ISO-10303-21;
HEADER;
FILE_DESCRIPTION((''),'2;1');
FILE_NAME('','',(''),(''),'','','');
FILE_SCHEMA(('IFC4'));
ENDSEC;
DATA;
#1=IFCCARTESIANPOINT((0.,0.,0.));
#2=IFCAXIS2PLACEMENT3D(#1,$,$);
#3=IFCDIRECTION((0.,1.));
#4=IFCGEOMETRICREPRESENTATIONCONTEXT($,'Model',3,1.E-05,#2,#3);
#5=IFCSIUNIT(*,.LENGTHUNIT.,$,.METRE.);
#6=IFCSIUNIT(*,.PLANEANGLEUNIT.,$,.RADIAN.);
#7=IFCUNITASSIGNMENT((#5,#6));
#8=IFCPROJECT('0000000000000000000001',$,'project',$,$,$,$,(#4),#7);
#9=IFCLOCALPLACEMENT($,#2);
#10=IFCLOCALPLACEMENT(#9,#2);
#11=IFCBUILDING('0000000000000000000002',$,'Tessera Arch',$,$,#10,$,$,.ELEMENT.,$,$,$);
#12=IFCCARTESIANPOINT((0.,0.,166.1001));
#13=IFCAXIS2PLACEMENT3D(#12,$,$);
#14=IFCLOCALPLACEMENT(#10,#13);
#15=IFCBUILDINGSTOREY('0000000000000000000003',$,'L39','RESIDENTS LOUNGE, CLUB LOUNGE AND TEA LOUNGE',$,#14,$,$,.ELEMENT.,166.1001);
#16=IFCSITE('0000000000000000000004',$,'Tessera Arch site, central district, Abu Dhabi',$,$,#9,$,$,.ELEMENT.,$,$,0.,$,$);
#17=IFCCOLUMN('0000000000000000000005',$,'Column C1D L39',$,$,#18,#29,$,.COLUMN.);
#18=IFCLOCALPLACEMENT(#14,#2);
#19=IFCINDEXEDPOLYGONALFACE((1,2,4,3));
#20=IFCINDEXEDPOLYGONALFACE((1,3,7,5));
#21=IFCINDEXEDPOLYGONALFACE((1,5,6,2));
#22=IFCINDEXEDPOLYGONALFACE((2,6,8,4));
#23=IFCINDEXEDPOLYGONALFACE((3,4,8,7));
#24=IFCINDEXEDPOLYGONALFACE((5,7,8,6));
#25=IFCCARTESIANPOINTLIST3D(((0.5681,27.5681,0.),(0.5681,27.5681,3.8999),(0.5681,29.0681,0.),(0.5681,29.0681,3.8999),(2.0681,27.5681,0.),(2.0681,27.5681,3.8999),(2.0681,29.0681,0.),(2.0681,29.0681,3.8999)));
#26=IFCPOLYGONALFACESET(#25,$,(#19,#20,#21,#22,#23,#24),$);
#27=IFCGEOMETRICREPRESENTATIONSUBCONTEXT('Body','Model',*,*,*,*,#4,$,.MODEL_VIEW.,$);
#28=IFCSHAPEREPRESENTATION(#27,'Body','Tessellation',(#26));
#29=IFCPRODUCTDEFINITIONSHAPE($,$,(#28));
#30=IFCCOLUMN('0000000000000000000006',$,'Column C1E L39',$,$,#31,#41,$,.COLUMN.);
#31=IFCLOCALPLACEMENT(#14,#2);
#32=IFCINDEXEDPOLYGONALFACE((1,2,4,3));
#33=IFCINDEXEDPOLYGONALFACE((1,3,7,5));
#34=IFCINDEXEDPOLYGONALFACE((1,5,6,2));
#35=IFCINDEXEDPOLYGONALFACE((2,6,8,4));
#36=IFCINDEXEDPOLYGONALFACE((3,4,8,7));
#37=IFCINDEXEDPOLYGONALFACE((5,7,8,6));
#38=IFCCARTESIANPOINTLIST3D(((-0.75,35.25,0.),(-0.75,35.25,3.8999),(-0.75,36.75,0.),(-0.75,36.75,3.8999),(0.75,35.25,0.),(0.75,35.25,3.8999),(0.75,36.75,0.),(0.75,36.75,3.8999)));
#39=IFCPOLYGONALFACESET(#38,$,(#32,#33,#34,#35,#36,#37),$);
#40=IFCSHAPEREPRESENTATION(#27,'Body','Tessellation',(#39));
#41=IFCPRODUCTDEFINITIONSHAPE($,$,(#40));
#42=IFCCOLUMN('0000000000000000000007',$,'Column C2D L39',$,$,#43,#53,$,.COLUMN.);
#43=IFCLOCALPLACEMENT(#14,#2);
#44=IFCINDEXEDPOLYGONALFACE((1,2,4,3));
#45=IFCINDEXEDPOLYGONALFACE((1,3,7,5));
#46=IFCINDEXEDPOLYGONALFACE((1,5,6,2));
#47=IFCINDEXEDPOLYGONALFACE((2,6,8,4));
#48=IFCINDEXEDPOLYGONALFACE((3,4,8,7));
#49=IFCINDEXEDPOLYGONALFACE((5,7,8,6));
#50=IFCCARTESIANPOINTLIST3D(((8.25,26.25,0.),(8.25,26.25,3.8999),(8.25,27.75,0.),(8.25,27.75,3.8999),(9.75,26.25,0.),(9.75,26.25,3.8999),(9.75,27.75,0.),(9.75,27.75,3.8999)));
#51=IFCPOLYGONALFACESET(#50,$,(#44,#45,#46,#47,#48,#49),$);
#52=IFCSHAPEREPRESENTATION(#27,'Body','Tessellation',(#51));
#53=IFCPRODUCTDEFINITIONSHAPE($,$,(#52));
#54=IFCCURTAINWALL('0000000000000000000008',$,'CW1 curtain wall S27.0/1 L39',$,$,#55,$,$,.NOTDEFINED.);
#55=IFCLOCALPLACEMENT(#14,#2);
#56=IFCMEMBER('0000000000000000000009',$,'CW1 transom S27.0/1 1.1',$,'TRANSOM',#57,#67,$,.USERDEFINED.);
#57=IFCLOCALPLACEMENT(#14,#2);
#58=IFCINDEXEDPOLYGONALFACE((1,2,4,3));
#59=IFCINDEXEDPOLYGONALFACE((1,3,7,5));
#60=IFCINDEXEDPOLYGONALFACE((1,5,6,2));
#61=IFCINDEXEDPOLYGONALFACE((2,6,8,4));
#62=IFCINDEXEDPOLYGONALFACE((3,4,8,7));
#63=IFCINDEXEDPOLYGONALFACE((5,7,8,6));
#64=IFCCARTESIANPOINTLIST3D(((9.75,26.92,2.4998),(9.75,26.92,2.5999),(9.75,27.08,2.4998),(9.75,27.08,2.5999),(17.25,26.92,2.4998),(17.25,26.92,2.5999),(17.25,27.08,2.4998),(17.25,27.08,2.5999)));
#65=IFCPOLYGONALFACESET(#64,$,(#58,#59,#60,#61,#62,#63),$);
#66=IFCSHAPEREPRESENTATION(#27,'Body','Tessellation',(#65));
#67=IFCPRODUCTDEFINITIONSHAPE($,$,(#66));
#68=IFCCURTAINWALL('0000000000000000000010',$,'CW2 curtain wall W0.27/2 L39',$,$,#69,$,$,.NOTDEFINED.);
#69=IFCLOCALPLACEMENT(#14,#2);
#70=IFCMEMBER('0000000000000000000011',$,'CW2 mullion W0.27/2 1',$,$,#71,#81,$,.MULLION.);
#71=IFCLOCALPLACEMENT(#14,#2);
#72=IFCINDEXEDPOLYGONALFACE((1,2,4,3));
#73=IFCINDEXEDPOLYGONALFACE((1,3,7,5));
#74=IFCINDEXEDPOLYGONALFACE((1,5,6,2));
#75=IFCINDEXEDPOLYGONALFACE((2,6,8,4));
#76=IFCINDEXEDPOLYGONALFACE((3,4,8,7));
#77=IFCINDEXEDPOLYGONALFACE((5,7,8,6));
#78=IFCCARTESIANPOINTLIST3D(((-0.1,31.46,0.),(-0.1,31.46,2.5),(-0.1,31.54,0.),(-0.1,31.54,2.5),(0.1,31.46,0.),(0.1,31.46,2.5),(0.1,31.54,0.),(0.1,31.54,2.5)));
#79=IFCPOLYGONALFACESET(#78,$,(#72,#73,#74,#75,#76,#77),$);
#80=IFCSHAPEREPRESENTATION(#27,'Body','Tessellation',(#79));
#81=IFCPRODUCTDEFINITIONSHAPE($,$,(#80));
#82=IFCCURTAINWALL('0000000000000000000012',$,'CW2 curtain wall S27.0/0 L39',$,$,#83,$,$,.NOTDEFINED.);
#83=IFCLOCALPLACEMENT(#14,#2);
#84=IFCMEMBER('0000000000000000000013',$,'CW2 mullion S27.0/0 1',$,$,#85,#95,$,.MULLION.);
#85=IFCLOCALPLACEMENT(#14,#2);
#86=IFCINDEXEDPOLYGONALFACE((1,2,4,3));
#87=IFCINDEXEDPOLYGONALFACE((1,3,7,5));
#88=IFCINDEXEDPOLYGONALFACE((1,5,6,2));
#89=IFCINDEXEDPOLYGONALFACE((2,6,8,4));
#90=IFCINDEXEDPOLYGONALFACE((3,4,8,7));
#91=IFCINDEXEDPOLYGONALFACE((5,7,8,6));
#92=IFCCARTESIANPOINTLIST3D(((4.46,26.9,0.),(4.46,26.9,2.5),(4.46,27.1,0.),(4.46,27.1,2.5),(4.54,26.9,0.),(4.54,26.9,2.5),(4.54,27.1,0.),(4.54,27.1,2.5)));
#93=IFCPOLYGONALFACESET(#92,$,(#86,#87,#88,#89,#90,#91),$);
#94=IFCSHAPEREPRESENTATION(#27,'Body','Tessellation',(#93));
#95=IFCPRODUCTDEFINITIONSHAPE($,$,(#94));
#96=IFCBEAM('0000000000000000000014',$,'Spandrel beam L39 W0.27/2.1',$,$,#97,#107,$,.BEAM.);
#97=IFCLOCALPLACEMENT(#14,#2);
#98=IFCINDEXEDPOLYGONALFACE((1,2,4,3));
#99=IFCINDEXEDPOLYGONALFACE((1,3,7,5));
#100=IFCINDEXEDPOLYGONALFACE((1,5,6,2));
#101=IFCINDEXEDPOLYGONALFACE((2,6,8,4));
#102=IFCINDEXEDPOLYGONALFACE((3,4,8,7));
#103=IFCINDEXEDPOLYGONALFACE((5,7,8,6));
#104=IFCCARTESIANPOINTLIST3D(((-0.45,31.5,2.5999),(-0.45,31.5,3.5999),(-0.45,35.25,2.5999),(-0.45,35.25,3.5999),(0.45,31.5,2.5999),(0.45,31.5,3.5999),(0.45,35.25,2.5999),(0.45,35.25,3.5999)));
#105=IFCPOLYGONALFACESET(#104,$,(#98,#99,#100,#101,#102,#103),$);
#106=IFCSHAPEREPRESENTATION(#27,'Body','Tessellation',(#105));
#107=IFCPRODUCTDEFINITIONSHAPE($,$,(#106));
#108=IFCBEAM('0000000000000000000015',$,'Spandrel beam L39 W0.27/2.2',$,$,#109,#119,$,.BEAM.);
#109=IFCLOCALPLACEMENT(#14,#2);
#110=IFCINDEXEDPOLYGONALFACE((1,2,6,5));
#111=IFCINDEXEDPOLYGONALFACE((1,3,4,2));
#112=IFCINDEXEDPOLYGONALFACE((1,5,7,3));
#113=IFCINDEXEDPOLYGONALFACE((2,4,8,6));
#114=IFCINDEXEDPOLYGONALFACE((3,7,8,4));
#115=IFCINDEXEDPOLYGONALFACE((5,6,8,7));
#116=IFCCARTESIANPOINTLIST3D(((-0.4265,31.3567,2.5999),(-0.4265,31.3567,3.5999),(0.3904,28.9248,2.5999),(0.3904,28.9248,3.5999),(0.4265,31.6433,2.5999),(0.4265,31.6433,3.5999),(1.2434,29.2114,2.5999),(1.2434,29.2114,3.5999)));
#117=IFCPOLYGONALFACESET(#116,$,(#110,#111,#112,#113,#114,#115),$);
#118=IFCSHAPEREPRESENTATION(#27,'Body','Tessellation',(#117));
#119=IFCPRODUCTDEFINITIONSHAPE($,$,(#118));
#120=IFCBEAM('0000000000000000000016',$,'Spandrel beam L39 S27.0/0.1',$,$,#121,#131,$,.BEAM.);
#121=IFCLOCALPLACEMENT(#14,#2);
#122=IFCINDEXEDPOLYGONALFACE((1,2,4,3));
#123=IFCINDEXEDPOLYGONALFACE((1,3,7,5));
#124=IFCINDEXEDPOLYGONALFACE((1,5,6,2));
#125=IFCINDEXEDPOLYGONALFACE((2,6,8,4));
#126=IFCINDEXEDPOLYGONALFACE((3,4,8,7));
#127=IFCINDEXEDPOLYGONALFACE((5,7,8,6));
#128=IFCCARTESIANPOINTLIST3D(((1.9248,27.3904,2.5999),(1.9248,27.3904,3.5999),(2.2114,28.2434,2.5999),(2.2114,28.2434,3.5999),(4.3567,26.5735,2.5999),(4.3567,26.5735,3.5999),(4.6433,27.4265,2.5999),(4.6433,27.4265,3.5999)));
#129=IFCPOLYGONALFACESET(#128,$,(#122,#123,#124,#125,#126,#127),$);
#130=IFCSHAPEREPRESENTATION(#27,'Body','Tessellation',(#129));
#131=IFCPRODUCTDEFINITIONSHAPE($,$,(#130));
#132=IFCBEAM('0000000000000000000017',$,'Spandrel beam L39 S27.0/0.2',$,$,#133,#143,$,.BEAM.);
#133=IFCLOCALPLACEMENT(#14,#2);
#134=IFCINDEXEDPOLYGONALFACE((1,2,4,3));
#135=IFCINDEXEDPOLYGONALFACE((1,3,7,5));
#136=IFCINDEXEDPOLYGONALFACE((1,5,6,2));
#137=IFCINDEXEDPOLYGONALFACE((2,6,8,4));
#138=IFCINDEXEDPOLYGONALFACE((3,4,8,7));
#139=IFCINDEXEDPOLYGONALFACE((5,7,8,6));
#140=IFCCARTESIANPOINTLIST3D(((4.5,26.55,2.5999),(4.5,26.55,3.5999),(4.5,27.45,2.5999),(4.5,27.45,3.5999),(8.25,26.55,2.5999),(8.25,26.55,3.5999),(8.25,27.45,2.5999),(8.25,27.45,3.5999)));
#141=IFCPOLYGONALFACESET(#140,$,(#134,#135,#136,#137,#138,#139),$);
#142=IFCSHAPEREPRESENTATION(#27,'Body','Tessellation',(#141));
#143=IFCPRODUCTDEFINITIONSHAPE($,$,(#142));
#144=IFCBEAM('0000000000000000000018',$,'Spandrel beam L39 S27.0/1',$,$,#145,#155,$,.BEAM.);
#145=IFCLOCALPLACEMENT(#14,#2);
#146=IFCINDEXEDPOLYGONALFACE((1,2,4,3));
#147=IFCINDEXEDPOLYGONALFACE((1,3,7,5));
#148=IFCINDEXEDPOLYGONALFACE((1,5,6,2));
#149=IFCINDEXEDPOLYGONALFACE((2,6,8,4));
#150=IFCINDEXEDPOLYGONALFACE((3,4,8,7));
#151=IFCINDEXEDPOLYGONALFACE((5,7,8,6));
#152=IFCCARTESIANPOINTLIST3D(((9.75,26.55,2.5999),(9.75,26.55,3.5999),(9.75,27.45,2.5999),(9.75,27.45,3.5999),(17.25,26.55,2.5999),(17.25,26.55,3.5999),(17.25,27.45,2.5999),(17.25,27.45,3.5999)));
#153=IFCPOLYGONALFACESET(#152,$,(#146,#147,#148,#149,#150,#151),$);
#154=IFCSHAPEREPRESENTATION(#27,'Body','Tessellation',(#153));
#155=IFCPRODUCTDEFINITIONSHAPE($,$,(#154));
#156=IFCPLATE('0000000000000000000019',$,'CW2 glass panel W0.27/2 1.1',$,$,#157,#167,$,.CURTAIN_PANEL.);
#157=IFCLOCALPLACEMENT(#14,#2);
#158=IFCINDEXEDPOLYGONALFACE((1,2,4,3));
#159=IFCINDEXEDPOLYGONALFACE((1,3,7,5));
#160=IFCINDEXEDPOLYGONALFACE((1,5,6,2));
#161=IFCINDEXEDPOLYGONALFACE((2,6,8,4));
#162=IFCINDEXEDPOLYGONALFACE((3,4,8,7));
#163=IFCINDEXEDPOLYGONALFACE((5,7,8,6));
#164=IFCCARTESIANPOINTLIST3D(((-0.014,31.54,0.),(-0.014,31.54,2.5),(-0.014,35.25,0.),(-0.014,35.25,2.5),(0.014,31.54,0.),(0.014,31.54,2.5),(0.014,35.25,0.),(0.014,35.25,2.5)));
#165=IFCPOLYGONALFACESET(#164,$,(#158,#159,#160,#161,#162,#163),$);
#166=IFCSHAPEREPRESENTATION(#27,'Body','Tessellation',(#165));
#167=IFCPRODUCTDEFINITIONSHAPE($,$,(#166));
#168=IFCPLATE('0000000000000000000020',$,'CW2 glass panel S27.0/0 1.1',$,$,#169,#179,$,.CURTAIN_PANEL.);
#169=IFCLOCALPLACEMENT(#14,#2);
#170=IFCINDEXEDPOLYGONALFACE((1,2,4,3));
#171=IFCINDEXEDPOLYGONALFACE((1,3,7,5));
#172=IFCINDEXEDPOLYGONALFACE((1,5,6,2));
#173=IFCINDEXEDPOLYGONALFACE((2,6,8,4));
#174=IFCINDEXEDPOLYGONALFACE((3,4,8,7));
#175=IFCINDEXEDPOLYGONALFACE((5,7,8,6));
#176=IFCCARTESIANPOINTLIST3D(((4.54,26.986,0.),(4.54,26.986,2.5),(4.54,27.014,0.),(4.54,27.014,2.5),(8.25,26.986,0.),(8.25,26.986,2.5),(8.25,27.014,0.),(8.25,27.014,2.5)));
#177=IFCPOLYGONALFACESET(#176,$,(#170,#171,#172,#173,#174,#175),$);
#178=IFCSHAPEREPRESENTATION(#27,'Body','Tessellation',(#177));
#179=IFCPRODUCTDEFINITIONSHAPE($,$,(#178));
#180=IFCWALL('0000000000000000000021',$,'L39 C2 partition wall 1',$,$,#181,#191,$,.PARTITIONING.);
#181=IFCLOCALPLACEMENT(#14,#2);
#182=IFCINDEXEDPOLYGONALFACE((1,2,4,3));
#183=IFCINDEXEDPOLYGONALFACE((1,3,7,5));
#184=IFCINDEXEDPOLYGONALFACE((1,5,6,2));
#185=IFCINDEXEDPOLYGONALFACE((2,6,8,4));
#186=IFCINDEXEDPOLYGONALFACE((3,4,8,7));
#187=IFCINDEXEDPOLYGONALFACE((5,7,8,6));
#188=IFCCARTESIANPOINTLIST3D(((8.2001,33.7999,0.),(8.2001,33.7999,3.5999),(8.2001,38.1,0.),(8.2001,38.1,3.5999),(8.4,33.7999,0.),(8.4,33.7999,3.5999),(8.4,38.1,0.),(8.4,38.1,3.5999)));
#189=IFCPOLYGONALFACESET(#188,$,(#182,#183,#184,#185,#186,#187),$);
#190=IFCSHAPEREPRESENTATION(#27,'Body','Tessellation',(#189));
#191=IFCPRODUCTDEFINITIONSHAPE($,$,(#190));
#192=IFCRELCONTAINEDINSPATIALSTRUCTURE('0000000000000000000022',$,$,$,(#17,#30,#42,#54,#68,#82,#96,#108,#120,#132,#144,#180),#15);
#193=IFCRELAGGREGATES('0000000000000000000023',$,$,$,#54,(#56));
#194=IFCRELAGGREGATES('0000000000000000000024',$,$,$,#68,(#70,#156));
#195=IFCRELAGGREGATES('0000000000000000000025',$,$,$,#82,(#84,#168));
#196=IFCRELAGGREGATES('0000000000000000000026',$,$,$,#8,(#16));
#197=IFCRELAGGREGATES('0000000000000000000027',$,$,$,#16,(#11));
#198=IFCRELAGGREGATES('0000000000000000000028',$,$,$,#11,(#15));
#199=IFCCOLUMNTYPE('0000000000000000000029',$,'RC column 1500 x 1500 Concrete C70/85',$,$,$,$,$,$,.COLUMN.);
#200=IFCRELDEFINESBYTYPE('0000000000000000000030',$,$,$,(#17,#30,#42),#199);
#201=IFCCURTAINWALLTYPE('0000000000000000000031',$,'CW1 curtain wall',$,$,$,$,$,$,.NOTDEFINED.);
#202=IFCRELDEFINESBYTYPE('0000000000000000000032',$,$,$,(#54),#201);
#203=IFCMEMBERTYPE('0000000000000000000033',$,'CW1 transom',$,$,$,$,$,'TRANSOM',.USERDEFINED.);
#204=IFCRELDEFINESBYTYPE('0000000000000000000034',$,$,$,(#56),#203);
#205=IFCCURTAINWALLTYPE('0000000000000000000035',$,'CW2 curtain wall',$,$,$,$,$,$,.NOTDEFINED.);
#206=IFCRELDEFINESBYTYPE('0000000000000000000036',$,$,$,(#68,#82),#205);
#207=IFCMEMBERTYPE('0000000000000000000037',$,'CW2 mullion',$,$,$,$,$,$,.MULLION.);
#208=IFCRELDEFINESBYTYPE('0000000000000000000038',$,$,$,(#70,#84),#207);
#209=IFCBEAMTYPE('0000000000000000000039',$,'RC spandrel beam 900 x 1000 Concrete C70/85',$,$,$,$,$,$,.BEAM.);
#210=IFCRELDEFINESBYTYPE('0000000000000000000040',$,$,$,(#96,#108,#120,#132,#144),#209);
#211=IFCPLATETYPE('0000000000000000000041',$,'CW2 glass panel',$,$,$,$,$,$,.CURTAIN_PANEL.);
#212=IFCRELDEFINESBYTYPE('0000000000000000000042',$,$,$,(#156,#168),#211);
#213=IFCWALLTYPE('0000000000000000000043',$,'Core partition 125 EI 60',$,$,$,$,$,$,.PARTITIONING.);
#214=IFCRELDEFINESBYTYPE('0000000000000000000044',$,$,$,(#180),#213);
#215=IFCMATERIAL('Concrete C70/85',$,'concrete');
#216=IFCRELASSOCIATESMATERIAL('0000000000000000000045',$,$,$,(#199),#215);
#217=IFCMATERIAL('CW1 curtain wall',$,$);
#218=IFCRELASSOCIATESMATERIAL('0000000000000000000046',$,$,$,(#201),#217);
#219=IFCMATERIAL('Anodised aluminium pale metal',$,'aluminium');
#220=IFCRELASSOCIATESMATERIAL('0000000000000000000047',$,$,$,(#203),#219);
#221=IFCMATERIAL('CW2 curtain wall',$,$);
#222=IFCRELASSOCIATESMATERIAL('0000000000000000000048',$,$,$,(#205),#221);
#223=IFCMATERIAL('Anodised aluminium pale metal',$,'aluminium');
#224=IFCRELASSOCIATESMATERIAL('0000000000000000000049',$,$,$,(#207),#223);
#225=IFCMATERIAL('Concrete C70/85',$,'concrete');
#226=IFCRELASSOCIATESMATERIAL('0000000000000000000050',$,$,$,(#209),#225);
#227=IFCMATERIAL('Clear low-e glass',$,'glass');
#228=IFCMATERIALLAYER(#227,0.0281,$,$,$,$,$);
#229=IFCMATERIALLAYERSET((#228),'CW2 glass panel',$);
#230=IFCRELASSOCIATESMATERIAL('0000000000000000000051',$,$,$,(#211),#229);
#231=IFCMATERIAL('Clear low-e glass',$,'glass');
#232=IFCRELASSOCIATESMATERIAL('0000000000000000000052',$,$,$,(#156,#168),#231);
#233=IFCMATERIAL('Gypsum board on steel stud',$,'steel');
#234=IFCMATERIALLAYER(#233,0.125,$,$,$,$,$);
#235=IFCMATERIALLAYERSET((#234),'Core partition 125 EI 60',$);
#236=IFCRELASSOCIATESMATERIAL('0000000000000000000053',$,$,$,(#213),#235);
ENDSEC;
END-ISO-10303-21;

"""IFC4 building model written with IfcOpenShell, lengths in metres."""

from ifc_helpers import new_model, si_unit, direction, frame, frame_2d, origin, origin_2d, place, context, subcontext, project, spatial, rectangle, extrude, material, layer, layer_set, material_profile, profile_set, type_object, element, aggregate, save


model = new_model("IFC4")

# Units and contexts
model_context = context("Model", 3, precision=1e-05, world=origin(), true_north=direction((0.0, 1.0)))
body_context = subcontext(model_context, "Body", "Model", "MODEL_VIEW")
ifc_project = project(units=[si_unit("LENGTHUNIT", "METRE"), si_unit("PLANEANGLEUNIT", "RADIAN")], contexts=[model_context])

# Site, building, storey
site_placement = place(None, origin())
site = spatial("IfcSite", under=ifc_project, at=site_placement, Name="Tessera Arch site, central district, Abu Dhabi", CompositionType="ELEMENT", RefElevation=0.0)
building_placement = place(site_placement, origin())
building = spatial("IfcBuilding", under=site, at=building_placement, Name="Tessera Arch", CompositionType="ELEMENT")
storey_placement = place(building_placement, frame((0.0, 0.0, 166.1001)))
storey = spatial("IfcBuildingStorey", under=building, at=storey_placement, Name="L39", Description="RESIDENTS LOUNGE, CLUB LOUNGE AND TEA LOUNGE", CompositionType="ELEMENT", Elevation=166.1001)

# Columns
ifc_material_1 = material(Name="Concrete C70/85", Category="concrete")
ifc_material_profile_1 = material_profile(ifc_material_1, rectangle(XDim=1.5, YDim=1.5, at=origin_2d()), Name="RC column 1500 x 1500 Concrete C70/85")
ifc_profile_set_1 = profile_set([ifc_material_profile_1], Name="Concrete C70/85")
column_type = type_object("IfcColumnType", Name="RC column 1500 x 1500 Concrete C70/85", PredefinedType="COLUMN", material=ifc_profile_set_1)
for number, where, z_axis, x_axis, name in (
    (1, (1.3181, 28.3181, 0.0), (0.0, 0.0, 1.0), (1.0, 0.0, 0.0), "Column C1D L39"),
    (2, (0.0, 36.0, 0.0), (0.0, 0.0, 1.0), (1.0, 0.0, 0.0), "Column C1E L39"),
    (3, (9.0, 27.0, 0.0), (0.0, 0.0, 1.0), (1.0, 0.0, 0.0), "Column C2D L39"),
):
    element("IfcColumn", number, at=place(storey_placement, frame(where, z_axis=z_axis, x_axis=x_axis)), inside=storey, type_object=column_type, Name=name, PredefinedType="COLUMN", context=body_context, shape_type="SweptSolid", body=[
        extrude(rectangle(XDim=1.5, YDim=1.5, at=origin_2d()), origin(), (0.0, 0.0, 1.0), 3.8999),
    ])

# Curtain walls, members
ifc_material_2 = material(Name="CW1 curtain wall")
curtain_wall_type_1 = type_object("IfcCurtainWallType", Name="CW1 curtain wall", PredefinedType="NOTDEFINED", material=ifc_material_2)
curtain_wall_1_placement = place(storey_placement, origin())
curtain_wall_1 = element("IfcCurtainWall", 4, at=curtain_wall_1_placement, inside=storey, type_object=curtain_wall_type_1, Name="CW1 curtain wall S27.0/1 L39", PredefinedType="NOTDEFINED")
ifc_material_3 = material(Name="Anodised aluminium pale metal", Category="aluminium")
ifc_material_profile_2 = material_profile(ifc_material_3, rectangle(XDim=0.1599, YDim=0.1001, at=origin_2d()), Name="AL 160x100")
ifc_profile_set_2 = profile_set([ifc_material_profile_2], Name="Anodised aluminium pale metal")
member_type_1 = type_object("IfcMemberType", Name="CW1 transom", ElementType="TRANSOM", PredefinedType="USERDEFINED", material=ifc_profile_set_2)
member_1_placement = place(storey_placement, frame((9.75, 27.0, 2.5498), z_axis=(1.0, 0.0, 0.0), x_axis=(0.0, 1.0, 0.0)))
member_1 = element("IfcMember", 5, at=member_1_placement, type_object=member_type_1, Name="CW1 transom S27.0/1 1.1", ObjectType="TRANSOM", PredefinedType="USERDEFINED", context=body_context, shape_type="SweptSolid", body=[
    extrude(rectangle(XDim=0.1599, YDim=0.1001, at=origin_2d()), origin(), (0.0, 0.0, 1.0), 7.5),
])
aggregate(curtain_wall_1, [member_1])
ifc_material_4 = material(Name="CW2 curtain wall")
curtain_wall_type_2 = type_object("IfcCurtainWallType", Name="CW2 curtain wall", PredefinedType="NOTDEFINED", material=ifc_material_4)
curtain_wall_2_placement = place(storey_placement, origin())
curtain_wall_2 = element("IfcCurtainWall", 6, at=curtain_wall_2_placement, inside=storey, type_object=curtain_wall_type_2, Name="CW2 curtain wall W0.27/2 L39", PredefinedType="NOTDEFINED")
ifc_material_5 = material(Name="Anodised aluminium pale metal", Category="aluminium")
ifc_material_profile_3 = material_profile(ifc_material_5, rectangle(XDim=0.2, YDim=0.0801, at=origin_2d()), Name="AL 80x200")
ifc_profile_set_3 = profile_set([ifc_material_profile_3], Name="Anodised aluminium pale metal")
member_type_2 = type_object("IfcMemberType", Name="CW2 mullion", PredefinedType="MULLION", material=ifc_profile_set_3)
member_2_placement = place(storey_placement, frame((0.0, 31.5, 0.0), z_axis=(0.0, 0.0, 1.0), x_axis=(1.0, 0.0, 0.0)))
member_2 = element("IfcMember", 7, at=member_2_placement, type_object=member_type_2, Name="CW2 mullion W0.27/2 1", PredefinedType="MULLION", context=body_context, shape_type="SweptSolid", body=[
    extrude(rectangle(XDim=0.2, YDim=0.0801, at=origin_2d()), origin(), (0.0, 0.0, 1.0), 2.5),
])
curtain_wall_3_placement = place(storey_placement, origin())
curtain_wall_3 = element("IfcCurtainWall", 8, at=curtain_wall_3_placement, inside=storey, type_object=curtain_wall_type_2, Name="CW2 curtain wall S27.0/0 L39", PredefinedType="NOTDEFINED")
member_3_placement = place(storey_placement, frame((4.5, 27.0, 0.0), z_axis=(0.0, 0.0, 1.0), x_axis=(0.0, 1.0, 0.0)))
member_3 = element("IfcMember", 9, at=member_3_placement, type_object=member_type_2, Name="CW2 mullion S27.0/0 1", PredefinedType="MULLION", context=body_context, shape_type="SweptSolid", body=[
    extrude(rectangle(XDim=0.2, YDim=0.0801, at=origin_2d()), origin(), (0.0, 0.0, 1.0), 2.5),
])

# Beams
ifc_material_6 = material(Name="Concrete C70/85", Category="concrete")
ifc_material_profile_4 = material_profile(ifc_material_6, rectangle(XDim=0.8999, YDim=1.0, at=origin_2d()), Name="RC spandrel beam 900 x 1000 Concrete C70/85")
ifc_profile_set_4 = profile_set([ifc_material_profile_4], Name="Concrete C70/85")
beam_type = type_object("IfcBeamType", Name="RC spandrel beam 900 x 1000 Concrete C70/85", PredefinedType="BEAM", material=ifc_profile_set_4)
beam_1_placement = place(storey_placement, frame((0.0, 35.25, 3.0999), z_axis=(0.0, -1.0, 0.0), x_axis=(1.0, 0.0, 0.0)))
element("IfcBeam", 10, at=beam_1_placement, inside=storey, type_object=beam_type, Name="Spandrel beam L39 W0.27/2.1", PredefinedType="BEAM", context=body_context, shape_type="SweptSolid", body=[
    extrude(rectangle(XDim=0.8999, YDim=1.0, at=origin_2d()), origin(), (0.0, 0.0, 1.0), 3.75),
])
for number, where, z_axis, x_axis, name in (
    (11, (0.0, 31.5, 3.0999), (0.318425, -0.947948, 0.0), (0.947948, 0.318425, 0.0), "Spandrel beam L39 W0.27/2.2"),
    (12, (2.0681, 27.8169, 3.0999), (0.947948, -0.318425, 0.0), (0.318425, 0.947948, 0.0), "Spandrel beam L39 S27.0/0.1"),
):
    element("IfcBeam", number, at=place(storey_placement, frame(where, z_axis=z_axis, x_axis=x_axis)), inside=storey, type_object=beam_type, Name=name, PredefinedType="BEAM", context=body_context, shape_type="SweptSolid", body=[
        extrude(rectangle(XDim=0.8999, YDim=1.0, at=origin_2d()), origin(), (0.0, 0.0, 1.0), 2.5654),
    ])
beam_2_placement = place(storey_placement, frame((4.5, 27.0, 3.0999), z_axis=(1.0, 0.0, 0.0), x_axis=(0.0, 1.0, 0.0)))
element("IfcBeam", 13, at=beam_2_placement, inside=storey, type_object=beam_type, Name="Spandrel beam L39 S27.0/0.2", PredefinedType="BEAM", context=body_context, shape_type="SweptSolid", body=[
    extrude(rectangle(XDim=0.8999, YDim=1.0, at=origin_2d()), origin(), (0.0, 0.0, 1.0), 3.75),
])
beam_3_placement = place(storey_placement, frame((9.75, 27.0, 3.0999), z_axis=(1.0, 0.0, 0.0), x_axis=(0.0, 1.0, 0.0)))
element("IfcBeam", 14, at=beam_3_placement, inside=storey, type_object=beam_type, Name="Spandrel beam L39 S27.0/1", PredefinedType="BEAM", context=body_context, shape_type="SweptSolid", body=[
    extrude(rectangle(XDim=0.8999, YDim=1.0, at=origin_2d()), origin(), (0.0, 0.0, 1.0), 7.5),
])

# Plates
ifc_material_7 = material(Name="Clear low-e glass", Category="glass")
ifc_material_8 = material(Name="Clear low-e glass", Category="glass")
ifc_layer_1 = layer(ifc_material_8, 0.0281)
ifc_layer_set_1 = layer_set([ifc_layer_1], Name="CW2 glass panel")
plate_type = type_object("IfcPlateType", Name="CW2 glass panel", PredefinedType="CURTAIN_PANEL", material=ifc_layer_set_1)
plate_1_placement = place(storey_placement, frame((0.0, 33.395, 0.0), z_axis=(0.0, 0.0, 1.0), x_axis=(0.0, -1.0, 0.0)))
plate_1 = element("IfcPlate", 15, at=plate_1_placement, type_object=plate_type, material=ifc_material_7, Name="CW2 glass panel W0.27/2 1.1", PredefinedType="CURTAIN_PANEL", context=body_context, shape_type="SweptSolid", body=[
    extrude(rectangle(XDim=3.71, YDim=0.0281, at=origin_2d()), origin(), (0.0, 0.0, 1.0), 2.5),
])
aggregate(curtain_wall_2, [member_2, plate_1])
plate_2_placement = place(storey_placement, frame((6.395, 27.0, 0.0), z_axis=(0.0, 0.0, 1.0), x_axis=(1.0, 0.0, 0.0)))
plate_2 = element("IfcPlate", 16, at=plate_2_placement, type_object=plate_type, material=ifc_material_7, Name="CW2 glass panel S27.0/0 1.1", PredefinedType="CURTAIN_PANEL", context=body_context, shape_type="SweptSolid", body=[
    extrude(rectangle(XDim=3.71, YDim=0.0281, at=origin_2d()), origin(), (0.0, 0.0, 1.0), 2.5),
])
aggregate(curtain_wall_3, [member_3, plate_2])

# Wall
ifc_material_9 = material(Name="Gypsum board on steel stud", Category="steel")
ifc_layer_2 = layer(ifc_material_9, 0.125)
ifc_layer_set_2 = layer_set([ifc_layer_2], Name="Core partition 125 EI 60")
wall_type_1 = type_object("IfcWallType", Name="Core partition 125 EI 60", PredefinedType="PARTITIONING", material=ifc_layer_set_2)
wall_1_placement = place(storey_placement, frame((8.3, 33.8, 0.0), z_axis=(0.0, 0.0, 1.0), x_axis=(0.0, 1.0, 0.0)))
element("IfcWall", 17, at=wall_1_placement, inside=storey, type_object=wall_type_1, Name="L39 C2 partition wall 1", PredefinedType="PARTITIONING", context=body_context, shape_type="SweptSolid", body=[
    extrude(rectangle(XDim=4.3, YDim=0.2, at=frame_2d((2.1499, 0.0))), origin(), (0.0, 0.0, 1.0), 3.5999),
])

save(model, "model.ifc")
